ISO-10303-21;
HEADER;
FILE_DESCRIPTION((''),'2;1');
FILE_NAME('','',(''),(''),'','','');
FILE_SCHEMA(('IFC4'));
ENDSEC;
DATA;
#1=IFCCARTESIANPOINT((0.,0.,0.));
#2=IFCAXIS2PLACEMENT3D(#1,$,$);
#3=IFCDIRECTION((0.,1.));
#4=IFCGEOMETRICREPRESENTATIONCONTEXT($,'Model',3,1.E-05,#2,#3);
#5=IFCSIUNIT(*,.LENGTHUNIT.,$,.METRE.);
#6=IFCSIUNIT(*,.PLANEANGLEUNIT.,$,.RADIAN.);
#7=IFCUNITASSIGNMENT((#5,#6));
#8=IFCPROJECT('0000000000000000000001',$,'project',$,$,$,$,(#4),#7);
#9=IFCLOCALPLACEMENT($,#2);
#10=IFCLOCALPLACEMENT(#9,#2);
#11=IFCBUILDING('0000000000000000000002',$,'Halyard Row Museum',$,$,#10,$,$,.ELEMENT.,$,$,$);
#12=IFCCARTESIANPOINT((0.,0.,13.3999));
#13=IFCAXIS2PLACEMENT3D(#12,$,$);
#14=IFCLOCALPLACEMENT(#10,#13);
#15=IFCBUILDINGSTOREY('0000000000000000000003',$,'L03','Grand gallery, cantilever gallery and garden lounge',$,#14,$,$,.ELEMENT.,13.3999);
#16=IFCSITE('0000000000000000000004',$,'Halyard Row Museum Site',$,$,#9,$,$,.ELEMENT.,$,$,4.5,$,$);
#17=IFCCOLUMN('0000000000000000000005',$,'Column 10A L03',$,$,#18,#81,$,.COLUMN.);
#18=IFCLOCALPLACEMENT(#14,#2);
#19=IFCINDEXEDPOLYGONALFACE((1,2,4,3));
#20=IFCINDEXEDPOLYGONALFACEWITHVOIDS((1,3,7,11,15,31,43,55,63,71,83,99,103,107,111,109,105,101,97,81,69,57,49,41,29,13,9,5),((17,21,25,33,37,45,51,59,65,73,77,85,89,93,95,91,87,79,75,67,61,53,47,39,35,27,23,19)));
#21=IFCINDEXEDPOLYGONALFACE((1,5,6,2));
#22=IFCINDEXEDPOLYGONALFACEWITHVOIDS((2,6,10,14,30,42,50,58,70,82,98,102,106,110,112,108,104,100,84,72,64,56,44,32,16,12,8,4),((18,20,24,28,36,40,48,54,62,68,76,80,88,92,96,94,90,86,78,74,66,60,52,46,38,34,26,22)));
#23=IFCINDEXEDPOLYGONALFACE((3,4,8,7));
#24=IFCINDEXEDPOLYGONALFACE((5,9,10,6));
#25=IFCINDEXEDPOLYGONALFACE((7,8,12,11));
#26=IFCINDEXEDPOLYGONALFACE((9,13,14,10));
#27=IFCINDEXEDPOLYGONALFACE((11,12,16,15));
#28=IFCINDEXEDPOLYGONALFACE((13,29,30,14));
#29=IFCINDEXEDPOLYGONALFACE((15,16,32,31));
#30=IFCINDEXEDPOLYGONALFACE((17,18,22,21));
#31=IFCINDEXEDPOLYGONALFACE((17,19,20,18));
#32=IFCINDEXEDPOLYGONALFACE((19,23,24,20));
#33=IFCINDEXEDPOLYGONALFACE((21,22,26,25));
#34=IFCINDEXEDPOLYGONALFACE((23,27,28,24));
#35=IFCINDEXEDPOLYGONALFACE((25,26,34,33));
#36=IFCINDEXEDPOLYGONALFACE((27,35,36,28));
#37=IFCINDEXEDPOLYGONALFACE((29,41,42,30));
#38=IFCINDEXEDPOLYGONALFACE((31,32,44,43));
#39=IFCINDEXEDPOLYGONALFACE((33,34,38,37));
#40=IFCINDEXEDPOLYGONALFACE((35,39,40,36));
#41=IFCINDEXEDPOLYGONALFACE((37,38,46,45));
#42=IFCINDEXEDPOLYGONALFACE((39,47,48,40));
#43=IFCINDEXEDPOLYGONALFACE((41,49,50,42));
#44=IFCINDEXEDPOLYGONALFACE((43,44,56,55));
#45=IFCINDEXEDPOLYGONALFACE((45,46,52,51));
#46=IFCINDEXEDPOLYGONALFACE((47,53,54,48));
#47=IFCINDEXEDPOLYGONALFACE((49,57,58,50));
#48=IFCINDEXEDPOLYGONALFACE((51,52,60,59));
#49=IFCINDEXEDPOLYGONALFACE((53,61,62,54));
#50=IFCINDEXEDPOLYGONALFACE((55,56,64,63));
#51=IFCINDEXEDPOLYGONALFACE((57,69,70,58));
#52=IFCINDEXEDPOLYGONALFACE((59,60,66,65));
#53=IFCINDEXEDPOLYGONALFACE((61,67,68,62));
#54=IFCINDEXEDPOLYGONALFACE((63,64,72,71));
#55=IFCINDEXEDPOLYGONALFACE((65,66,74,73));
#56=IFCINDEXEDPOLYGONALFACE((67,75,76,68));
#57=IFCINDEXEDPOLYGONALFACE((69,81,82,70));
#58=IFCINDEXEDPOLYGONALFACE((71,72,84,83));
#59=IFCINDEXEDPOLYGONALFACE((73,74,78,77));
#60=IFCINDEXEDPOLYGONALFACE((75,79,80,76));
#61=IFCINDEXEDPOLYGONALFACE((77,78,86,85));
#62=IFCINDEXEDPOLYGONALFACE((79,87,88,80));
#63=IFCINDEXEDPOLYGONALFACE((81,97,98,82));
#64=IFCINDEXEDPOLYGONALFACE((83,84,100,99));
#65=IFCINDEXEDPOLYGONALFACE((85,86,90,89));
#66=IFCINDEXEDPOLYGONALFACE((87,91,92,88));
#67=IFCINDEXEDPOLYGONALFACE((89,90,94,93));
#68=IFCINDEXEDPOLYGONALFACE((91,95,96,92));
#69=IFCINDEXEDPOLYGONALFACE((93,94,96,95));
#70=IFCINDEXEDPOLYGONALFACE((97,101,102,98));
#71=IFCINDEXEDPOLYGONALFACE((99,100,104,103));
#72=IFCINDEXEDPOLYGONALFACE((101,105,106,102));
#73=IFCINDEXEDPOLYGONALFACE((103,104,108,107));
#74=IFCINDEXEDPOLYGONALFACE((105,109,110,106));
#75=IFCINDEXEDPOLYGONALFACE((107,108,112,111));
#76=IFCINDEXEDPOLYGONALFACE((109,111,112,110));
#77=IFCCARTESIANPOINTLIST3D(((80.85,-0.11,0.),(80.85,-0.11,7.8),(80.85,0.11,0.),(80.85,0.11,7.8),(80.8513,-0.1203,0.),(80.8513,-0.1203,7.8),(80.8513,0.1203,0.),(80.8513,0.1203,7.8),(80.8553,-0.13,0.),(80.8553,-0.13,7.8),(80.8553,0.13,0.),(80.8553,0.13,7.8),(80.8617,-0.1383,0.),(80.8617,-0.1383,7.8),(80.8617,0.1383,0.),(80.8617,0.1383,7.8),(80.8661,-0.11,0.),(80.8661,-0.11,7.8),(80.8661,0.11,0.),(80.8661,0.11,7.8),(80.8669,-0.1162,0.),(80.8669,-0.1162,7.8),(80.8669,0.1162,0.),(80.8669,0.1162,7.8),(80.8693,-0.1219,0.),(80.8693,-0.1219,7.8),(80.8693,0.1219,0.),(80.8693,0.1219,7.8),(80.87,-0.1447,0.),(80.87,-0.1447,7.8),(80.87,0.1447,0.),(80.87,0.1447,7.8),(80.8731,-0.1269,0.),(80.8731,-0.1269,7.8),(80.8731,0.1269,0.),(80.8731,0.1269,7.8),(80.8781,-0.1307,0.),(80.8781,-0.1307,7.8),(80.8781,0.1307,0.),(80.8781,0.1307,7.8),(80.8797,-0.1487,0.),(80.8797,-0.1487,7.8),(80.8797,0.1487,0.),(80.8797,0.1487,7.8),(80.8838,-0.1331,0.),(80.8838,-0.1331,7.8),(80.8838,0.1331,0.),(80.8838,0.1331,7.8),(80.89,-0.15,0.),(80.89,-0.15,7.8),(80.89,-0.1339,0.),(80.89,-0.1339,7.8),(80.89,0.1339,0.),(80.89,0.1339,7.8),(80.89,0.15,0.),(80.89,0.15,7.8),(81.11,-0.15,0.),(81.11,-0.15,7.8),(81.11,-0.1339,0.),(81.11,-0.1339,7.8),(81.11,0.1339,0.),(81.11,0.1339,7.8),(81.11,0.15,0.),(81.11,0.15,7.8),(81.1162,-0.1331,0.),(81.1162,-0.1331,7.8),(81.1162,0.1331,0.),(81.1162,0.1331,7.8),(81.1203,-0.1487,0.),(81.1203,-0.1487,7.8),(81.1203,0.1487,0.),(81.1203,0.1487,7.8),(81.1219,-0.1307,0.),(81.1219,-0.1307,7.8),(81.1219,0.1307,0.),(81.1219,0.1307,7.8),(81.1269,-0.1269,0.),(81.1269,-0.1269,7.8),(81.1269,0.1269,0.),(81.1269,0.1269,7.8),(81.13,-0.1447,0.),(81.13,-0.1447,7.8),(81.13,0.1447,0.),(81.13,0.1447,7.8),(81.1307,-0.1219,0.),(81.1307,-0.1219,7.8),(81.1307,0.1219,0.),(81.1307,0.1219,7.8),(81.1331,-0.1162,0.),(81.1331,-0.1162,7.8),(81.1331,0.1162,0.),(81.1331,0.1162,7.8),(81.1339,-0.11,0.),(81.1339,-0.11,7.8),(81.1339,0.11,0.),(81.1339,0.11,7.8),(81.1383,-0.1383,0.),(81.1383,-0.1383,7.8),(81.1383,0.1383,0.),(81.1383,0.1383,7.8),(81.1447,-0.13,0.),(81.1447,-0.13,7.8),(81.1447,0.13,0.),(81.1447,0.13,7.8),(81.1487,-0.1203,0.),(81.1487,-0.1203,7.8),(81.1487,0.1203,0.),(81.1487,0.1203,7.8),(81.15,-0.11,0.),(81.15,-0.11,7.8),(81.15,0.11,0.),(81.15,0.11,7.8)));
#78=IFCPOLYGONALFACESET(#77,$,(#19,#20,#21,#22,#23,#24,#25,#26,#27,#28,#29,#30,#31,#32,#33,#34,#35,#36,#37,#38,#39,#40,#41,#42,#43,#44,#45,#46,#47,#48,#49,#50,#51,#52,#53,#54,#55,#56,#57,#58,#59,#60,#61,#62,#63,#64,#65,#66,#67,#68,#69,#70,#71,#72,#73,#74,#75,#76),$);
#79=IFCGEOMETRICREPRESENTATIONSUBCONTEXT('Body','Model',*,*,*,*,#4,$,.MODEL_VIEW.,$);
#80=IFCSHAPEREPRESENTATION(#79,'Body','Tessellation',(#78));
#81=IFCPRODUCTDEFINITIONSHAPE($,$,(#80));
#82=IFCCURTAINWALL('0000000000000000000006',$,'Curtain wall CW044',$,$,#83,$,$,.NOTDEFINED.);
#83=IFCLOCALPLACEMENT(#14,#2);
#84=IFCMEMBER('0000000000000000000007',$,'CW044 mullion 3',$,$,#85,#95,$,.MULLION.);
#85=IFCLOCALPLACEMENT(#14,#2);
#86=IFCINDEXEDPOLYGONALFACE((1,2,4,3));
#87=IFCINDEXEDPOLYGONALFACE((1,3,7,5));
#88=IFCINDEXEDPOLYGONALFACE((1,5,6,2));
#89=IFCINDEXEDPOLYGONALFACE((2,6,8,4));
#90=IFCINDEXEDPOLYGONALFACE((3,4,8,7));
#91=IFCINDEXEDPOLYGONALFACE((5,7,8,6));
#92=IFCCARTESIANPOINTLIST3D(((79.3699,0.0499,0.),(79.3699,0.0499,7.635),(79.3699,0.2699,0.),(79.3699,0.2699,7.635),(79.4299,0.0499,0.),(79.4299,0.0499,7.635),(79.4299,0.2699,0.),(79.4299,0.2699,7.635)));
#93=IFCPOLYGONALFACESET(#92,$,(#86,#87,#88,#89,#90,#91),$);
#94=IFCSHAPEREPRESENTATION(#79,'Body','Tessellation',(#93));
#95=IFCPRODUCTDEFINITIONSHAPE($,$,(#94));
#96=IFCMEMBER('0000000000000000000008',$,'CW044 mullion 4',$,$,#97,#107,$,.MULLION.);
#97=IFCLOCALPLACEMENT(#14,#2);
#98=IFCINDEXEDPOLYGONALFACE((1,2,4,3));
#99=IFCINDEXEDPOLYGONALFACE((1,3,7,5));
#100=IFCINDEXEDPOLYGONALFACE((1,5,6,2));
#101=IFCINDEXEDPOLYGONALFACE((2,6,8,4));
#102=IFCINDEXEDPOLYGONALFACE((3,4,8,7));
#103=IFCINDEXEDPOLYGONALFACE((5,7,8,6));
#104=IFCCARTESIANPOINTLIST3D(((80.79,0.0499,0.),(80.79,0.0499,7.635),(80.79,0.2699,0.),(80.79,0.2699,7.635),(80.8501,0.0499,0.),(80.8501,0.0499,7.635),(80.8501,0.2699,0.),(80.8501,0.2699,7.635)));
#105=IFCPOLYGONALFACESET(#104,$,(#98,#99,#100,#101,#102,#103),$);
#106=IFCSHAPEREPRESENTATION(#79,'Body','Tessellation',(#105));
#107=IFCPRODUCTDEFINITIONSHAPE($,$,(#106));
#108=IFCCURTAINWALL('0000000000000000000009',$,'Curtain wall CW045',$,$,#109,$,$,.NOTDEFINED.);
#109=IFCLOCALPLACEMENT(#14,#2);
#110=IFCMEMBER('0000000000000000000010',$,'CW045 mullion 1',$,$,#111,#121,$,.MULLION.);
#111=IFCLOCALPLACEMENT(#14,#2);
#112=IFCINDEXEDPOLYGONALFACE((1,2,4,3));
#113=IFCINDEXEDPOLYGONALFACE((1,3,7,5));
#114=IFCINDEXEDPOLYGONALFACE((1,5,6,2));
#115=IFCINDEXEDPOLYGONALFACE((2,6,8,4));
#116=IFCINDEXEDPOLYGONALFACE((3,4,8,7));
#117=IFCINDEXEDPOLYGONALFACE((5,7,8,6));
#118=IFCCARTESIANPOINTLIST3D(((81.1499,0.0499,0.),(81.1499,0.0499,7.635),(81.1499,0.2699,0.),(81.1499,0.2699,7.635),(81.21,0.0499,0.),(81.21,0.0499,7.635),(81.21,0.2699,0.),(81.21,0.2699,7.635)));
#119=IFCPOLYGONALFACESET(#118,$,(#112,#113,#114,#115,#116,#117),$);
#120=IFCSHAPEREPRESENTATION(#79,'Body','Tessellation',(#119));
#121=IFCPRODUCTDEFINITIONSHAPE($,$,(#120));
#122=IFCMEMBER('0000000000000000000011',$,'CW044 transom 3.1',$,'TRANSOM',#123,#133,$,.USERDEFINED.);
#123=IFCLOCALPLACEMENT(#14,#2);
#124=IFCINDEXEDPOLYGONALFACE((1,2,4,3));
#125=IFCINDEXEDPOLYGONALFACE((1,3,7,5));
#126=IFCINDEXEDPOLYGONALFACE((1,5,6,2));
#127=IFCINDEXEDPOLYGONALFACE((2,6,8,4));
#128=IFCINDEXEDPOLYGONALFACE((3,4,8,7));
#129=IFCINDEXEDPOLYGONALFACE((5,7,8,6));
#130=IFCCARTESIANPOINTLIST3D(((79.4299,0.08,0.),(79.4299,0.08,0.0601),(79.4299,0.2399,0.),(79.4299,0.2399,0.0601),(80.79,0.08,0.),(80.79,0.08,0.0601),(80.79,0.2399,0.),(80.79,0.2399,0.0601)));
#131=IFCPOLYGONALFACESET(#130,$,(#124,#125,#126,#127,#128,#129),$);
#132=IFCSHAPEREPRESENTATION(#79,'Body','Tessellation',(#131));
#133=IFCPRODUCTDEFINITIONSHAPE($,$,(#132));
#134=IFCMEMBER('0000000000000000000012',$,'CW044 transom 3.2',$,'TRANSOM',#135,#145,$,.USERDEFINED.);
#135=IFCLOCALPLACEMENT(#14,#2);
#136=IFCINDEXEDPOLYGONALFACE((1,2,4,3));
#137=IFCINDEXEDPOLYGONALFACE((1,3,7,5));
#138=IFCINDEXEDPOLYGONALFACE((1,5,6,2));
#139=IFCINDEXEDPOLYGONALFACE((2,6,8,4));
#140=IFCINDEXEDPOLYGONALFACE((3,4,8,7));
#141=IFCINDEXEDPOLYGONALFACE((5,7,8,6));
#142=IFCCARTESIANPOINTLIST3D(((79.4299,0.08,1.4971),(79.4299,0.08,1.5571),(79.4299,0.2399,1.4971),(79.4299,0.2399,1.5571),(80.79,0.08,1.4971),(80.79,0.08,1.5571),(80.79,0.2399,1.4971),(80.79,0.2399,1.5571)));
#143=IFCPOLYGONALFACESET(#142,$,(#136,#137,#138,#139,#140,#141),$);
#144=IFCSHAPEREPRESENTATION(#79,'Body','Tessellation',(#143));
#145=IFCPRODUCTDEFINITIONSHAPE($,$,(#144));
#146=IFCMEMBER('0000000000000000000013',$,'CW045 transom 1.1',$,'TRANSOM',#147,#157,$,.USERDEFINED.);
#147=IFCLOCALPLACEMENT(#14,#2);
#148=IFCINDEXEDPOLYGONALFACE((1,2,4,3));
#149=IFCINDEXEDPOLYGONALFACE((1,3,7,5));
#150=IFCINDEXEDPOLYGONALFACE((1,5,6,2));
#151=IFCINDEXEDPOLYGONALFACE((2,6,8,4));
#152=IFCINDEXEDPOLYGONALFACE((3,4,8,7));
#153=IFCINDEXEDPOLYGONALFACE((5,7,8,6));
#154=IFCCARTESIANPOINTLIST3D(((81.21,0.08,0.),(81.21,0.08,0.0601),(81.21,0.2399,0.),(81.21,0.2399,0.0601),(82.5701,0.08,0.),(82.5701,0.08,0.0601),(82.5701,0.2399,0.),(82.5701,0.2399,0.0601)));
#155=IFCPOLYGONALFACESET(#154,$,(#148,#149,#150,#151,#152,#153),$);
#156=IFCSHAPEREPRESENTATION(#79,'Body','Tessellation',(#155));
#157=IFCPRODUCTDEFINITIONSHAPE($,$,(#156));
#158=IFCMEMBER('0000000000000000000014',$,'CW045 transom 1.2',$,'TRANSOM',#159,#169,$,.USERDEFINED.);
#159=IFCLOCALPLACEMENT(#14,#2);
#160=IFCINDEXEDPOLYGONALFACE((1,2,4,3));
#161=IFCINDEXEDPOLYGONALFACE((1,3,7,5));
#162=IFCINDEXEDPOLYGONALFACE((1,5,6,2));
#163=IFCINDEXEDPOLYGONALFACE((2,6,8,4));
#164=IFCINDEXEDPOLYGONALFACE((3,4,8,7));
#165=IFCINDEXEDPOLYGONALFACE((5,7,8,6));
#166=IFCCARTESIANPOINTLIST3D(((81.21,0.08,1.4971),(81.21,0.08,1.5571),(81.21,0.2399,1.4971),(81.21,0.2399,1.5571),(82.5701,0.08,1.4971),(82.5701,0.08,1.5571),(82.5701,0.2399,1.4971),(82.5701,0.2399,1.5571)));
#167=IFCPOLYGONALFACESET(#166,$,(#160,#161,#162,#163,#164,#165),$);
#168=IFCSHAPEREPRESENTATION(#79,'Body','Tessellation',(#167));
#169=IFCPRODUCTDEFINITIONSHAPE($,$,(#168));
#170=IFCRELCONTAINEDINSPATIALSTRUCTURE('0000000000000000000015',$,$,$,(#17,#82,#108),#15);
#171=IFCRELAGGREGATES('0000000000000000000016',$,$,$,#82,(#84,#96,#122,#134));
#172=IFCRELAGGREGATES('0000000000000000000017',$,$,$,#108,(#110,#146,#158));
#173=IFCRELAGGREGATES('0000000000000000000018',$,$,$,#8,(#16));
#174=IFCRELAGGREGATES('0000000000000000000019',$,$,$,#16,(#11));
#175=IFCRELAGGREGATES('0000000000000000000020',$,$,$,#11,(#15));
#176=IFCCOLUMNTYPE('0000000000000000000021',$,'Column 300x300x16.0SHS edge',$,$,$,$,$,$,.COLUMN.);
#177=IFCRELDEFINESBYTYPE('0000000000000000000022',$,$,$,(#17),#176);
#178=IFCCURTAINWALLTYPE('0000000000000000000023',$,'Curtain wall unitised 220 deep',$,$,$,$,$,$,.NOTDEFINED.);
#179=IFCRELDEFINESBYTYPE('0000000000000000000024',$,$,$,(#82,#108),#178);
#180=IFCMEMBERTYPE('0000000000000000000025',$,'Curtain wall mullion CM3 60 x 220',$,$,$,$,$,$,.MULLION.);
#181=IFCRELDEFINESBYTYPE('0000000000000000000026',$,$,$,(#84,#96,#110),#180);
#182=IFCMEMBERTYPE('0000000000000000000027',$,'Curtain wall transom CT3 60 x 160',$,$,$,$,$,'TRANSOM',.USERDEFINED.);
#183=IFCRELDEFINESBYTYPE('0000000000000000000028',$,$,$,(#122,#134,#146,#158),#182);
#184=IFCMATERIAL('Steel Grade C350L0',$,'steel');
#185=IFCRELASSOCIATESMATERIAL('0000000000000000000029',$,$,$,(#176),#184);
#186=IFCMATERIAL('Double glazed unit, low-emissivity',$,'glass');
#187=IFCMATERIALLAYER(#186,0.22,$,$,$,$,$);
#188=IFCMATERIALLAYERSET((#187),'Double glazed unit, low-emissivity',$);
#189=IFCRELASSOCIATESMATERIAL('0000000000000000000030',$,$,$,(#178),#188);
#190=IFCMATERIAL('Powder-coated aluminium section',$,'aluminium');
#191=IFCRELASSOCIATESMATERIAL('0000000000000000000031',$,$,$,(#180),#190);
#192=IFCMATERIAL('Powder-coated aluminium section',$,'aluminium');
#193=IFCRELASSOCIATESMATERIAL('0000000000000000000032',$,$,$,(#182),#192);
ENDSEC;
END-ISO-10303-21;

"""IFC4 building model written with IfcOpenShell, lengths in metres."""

from ifc_helpers import new_model, si_unit, direction, frame, origin, origin_2d, place, context, subcontext, project, spatial, rectangle, hollow_rectangle, extrude, material, layer, layer_set, material_profile, profile_set, type_object, element, aggregate, save


model = new_model("IFC4")

# Units and contexts
model_context = context("Model", 3, precision=1e-05, world=origin(), true_north=direction((0.0, 1.0)))
body_context = subcontext(model_context, "Body", "Model", "MODEL_VIEW")
ifc_project = project(units=[si_unit("LENGTHUNIT", "METRE"), si_unit("PLANEANGLEUNIT", "RADIAN")], contexts=[model_context])

# Site, building, storey
site_placement = place(None, origin())
site = spatial("IfcSite", under=ifc_project, at=site_placement, Name="Halyard Row Museum Site", CompositionType="ELEMENT", RefElevation=4.5)
building_placement = place(site_placement, origin())
building = spatial("IfcBuilding", under=site, at=building_placement, Name="Halyard Row Museum", CompositionType="ELEMENT")
storey_placement = place(building_placement, frame((0.0, 0.0, 13.3999)))
storey = spatial("IfcBuildingStorey", under=building, at=storey_placement, Name="L03", Description="Grand gallery, cantilever gallery and garden lounge", CompositionType="ELEMENT", Elevation=13.3999)

# Column
ifc_material_1 = material(Name="Steel Grade C350L0", Category="steel")
ifc_material_profile_1 = material_profile(ifc_material_1, hollow_rectangle(XDim=0.3, YDim=0.3, WallThickness=0.0161, InnerFilletRadius=0.0239, OuterFilletRadius=0.04, at=origin_2d()), Name="300x300x16.0SHS")
ifc_profile_set_1 = profile_set([ifc_material_profile_1], Name="Steel Grade C350L0")
column_type = type_object("IfcColumnType", Name="Column 300x300x16.0SHS edge", PredefinedType="COLUMN", material=ifc_profile_set_1)
column_placement = place(storey_placement, frame((81.0, 0.0, 0.0), z_axis=(0.0, 0.0, 1.0), x_axis=(1.0, 0.0, 0.0)))
element("IfcColumn", 1, at=column_placement, inside=storey, type_object=column_type, Name="Column 10A L03", PredefinedType="COLUMN", context=body_context, shape_type="SweptSolid", body=[
    extrude(hollow_rectangle(XDim=0.3, YDim=0.3, WallThickness=0.0161, InnerFilletRadius=0.0239, OuterFilletRadius=0.04, at=origin_2d()), origin(), (0.0, 0.0, 1.0), 7.8),
])

# Curtain wall, members
ifc_material_2 = material(Name="Double glazed unit, low-emissivity", Category="glass")
ifc_layer_1 = layer(ifc_material_2, 0.22)
ifc_layer_set_1 = layer_set([ifc_layer_1], Name="Double glazed unit, low-emissivity")
curtain_wall_type = type_object("IfcCurtainWallType", Name="Curtain wall unitised 220 deep", PredefinedType="NOTDEFINED", material=ifc_layer_set_1)
curtain_wall_1_placement = place(storey_placement, origin())
curtain_wall_1 = element("IfcCurtainWall", 2, at=curtain_wall_1_placement, inside=storey, type_object=curtain_wall_type, Name="Curtain wall CW044", PredefinedType="NOTDEFINED")
ifc_material_3 = material(Name="Powder-coated aluminium section", Category="aluminium")
ifc_material_profile_2 = material_profile(ifc_material_3, rectangle(XDim=0.22, YDim=0.0601, at=origin_2d()), Name="220x60 mullion")
ifc_profile_set_2 = profile_set([ifc_material_profile_2], Name="Powder-coated aluminium section")
member_type_1 = type_object("IfcMemberType", Name="Curtain wall mullion CM3 60 x 220", PredefinedType="MULLION", material=ifc_profile_set_2)
member_1_placement = place(storey_placement, frame((79.3999, 0.1599, 0.0), z_axis=(0.0, 0.0, 1.0), x_axis=(0.0, 1.0, 0.0)))
member_1 = element("IfcMember", 3, at=member_1_placement, type_object=member_type_1, Name="CW044 mullion 3", PredefinedType="MULLION", context=body_context, shape_type="SweptSolid", body=[
    extrude(rectangle(XDim=0.22, YDim=0.0601, at=origin_2d()), origin(), (0.0, 0.0, 1.0), 7.635),
])
member_2_placement = place(storey_placement, frame((80.8201, 0.1599, 0.0), z_axis=(0.0, 0.0, 1.0), x_axis=(0.0, 1.0, 0.0)))
member_2 = element("IfcMember", 4, at=member_2_placement, type_object=member_type_1, Name="CW044 mullion 4", PredefinedType="MULLION", context=body_context, shape_type="SweptSolid", body=[
    extrude(rectangle(XDim=0.22, YDim=0.0601, at=origin_2d()), origin(), (0.0, 0.0, 1.0), 7.635),
])

# Curtain wall, member
curtain_wall_2_placement = place(storey_placement, origin())
curtain_wall_2 = element("IfcCurtainWall", 5, at=curtain_wall_2_placement, inside=storey, type_object=curtain_wall_type, Name="Curtain wall CW045", PredefinedType="NOTDEFINED")
member_3_placement = place(storey_placement, frame((81.1799, 0.1599, 0.0), z_axis=(0.0, 0.0, 1.0), x_axis=(0.0, 1.0, 0.0)))
member_3 = element("IfcMember", 6, at=member_3_placement, type_object=member_type_1, Name="CW045 mullion 1", PredefinedType="MULLION", context=body_context, shape_type="SweptSolid", body=[
    extrude(rectangle(XDim=0.22, YDim=0.0601, at=origin_2d()), origin(), (0.0, 0.0, 1.0), 7.635),
])

# Members
ifc_material_4 = material(Name="Powder-coated aluminium section", Category="aluminium")
ifc_material_profile_3 = material_profile(ifc_material_4, rectangle(XDim=0.1599, YDim=0.0601, at=origin_2d()), Name="160x60 transom")
ifc_profile_set_3 = profile_set([ifc_material_profile_3], Name="Powder-coated aluminium section")
member_type_2 = type_object("IfcMemberType", Name="Curtain wall transom CT3 60 x 160", ElementType="TRANSOM", PredefinedType="USERDEFINED", material=ifc_profile_set_3)
member_4_placement = place(storey_placement, frame((79.4299, 0.1599, 0.03), z_axis=(1.0, 0.0, 0.0), x_axis=(0.0, 1.0, 0.0)))
member_4 = element("IfcMember", 7, at=member_4_placement, type_object=member_type_2, Name="CW044 transom 3.1", ObjectType="TRANSOM", PredefinedType="USERDEFINED", context=body_context, shape_type="SweptSolid", body=[
    extrude(rectangle(XDim=0.1599, YDim=0.0601, at=origin_2d()), origin(), (0.0, 0.0, 1.0), 1.3601),
])
member_5_placement = place(storey_placement, frame((79.4299, 0.1599, 1.5271), z_axis=(1.0, 0.0, 0.0), x_axis=(0.0, 1.0, 0.0)))
member_5 = element("IfcMember", 8, at=member_5_placement, type_object=member_type_2, Name="CW044 transom 3.2", ObjectType="TRANSOM", PredefinedType="USERDEFINED", context=body_context, shape_type="SweptSolid", body=[
    extrude(rectangle(XDim=0.1599, YDim=0.0601, at=origin_2d()), origin(), (0.0, 0.0, 1.0), 1.3601),
])
member_6_placement = place(storey_placement, frame((81.21, 0.1599, 0.03), z_axis=(1.0, 0.0, 0.0), x_axis=(0.0, 1.0, 0.0)))
member_6 = element("IfcMember", 9, at=member_6_placement, type_object=member_type_2, Name="CW045 transom 1.1", ObjectType="TRANSOM", PredefinedType="USERDEFINED", context=body_context, shape_type="SweptSolid", body=[
    extrude(rectangle(XDim=0.1599, YDim=0.0601, at=origin_2d()), origin(), (0.0, 0.0, 1.0), 1.3601),
])
member_7_placement = place(storey_placement, frame((81.21, 0.1599, 1.5271), z_axis=(1.0, 0.0, 0.0), x_axis=(0.0, 1.0, 0.0)))
member_7 = element("IfcMember", 10, at=member_7_placement, type_object=member_type_2, Name="CW045 transom 1.2", ObjectType="TRANSOM", PredefinedType="USERDEFINED", context=body_context, shape_type="SweptSolid", body=[
    extrude(rectangle(XDim=0.1599, YDim=0.0601, at=origin_2d()), origin(), (0.0, 0.0, 1.0), 1.3601),
])

aggregate(curtain_wall_1, [member_1, member_2, member_4, member_5])
aggregate(curtain_wall_2, [member_3, member_6, member_7])

save(model, "model.ifc")
